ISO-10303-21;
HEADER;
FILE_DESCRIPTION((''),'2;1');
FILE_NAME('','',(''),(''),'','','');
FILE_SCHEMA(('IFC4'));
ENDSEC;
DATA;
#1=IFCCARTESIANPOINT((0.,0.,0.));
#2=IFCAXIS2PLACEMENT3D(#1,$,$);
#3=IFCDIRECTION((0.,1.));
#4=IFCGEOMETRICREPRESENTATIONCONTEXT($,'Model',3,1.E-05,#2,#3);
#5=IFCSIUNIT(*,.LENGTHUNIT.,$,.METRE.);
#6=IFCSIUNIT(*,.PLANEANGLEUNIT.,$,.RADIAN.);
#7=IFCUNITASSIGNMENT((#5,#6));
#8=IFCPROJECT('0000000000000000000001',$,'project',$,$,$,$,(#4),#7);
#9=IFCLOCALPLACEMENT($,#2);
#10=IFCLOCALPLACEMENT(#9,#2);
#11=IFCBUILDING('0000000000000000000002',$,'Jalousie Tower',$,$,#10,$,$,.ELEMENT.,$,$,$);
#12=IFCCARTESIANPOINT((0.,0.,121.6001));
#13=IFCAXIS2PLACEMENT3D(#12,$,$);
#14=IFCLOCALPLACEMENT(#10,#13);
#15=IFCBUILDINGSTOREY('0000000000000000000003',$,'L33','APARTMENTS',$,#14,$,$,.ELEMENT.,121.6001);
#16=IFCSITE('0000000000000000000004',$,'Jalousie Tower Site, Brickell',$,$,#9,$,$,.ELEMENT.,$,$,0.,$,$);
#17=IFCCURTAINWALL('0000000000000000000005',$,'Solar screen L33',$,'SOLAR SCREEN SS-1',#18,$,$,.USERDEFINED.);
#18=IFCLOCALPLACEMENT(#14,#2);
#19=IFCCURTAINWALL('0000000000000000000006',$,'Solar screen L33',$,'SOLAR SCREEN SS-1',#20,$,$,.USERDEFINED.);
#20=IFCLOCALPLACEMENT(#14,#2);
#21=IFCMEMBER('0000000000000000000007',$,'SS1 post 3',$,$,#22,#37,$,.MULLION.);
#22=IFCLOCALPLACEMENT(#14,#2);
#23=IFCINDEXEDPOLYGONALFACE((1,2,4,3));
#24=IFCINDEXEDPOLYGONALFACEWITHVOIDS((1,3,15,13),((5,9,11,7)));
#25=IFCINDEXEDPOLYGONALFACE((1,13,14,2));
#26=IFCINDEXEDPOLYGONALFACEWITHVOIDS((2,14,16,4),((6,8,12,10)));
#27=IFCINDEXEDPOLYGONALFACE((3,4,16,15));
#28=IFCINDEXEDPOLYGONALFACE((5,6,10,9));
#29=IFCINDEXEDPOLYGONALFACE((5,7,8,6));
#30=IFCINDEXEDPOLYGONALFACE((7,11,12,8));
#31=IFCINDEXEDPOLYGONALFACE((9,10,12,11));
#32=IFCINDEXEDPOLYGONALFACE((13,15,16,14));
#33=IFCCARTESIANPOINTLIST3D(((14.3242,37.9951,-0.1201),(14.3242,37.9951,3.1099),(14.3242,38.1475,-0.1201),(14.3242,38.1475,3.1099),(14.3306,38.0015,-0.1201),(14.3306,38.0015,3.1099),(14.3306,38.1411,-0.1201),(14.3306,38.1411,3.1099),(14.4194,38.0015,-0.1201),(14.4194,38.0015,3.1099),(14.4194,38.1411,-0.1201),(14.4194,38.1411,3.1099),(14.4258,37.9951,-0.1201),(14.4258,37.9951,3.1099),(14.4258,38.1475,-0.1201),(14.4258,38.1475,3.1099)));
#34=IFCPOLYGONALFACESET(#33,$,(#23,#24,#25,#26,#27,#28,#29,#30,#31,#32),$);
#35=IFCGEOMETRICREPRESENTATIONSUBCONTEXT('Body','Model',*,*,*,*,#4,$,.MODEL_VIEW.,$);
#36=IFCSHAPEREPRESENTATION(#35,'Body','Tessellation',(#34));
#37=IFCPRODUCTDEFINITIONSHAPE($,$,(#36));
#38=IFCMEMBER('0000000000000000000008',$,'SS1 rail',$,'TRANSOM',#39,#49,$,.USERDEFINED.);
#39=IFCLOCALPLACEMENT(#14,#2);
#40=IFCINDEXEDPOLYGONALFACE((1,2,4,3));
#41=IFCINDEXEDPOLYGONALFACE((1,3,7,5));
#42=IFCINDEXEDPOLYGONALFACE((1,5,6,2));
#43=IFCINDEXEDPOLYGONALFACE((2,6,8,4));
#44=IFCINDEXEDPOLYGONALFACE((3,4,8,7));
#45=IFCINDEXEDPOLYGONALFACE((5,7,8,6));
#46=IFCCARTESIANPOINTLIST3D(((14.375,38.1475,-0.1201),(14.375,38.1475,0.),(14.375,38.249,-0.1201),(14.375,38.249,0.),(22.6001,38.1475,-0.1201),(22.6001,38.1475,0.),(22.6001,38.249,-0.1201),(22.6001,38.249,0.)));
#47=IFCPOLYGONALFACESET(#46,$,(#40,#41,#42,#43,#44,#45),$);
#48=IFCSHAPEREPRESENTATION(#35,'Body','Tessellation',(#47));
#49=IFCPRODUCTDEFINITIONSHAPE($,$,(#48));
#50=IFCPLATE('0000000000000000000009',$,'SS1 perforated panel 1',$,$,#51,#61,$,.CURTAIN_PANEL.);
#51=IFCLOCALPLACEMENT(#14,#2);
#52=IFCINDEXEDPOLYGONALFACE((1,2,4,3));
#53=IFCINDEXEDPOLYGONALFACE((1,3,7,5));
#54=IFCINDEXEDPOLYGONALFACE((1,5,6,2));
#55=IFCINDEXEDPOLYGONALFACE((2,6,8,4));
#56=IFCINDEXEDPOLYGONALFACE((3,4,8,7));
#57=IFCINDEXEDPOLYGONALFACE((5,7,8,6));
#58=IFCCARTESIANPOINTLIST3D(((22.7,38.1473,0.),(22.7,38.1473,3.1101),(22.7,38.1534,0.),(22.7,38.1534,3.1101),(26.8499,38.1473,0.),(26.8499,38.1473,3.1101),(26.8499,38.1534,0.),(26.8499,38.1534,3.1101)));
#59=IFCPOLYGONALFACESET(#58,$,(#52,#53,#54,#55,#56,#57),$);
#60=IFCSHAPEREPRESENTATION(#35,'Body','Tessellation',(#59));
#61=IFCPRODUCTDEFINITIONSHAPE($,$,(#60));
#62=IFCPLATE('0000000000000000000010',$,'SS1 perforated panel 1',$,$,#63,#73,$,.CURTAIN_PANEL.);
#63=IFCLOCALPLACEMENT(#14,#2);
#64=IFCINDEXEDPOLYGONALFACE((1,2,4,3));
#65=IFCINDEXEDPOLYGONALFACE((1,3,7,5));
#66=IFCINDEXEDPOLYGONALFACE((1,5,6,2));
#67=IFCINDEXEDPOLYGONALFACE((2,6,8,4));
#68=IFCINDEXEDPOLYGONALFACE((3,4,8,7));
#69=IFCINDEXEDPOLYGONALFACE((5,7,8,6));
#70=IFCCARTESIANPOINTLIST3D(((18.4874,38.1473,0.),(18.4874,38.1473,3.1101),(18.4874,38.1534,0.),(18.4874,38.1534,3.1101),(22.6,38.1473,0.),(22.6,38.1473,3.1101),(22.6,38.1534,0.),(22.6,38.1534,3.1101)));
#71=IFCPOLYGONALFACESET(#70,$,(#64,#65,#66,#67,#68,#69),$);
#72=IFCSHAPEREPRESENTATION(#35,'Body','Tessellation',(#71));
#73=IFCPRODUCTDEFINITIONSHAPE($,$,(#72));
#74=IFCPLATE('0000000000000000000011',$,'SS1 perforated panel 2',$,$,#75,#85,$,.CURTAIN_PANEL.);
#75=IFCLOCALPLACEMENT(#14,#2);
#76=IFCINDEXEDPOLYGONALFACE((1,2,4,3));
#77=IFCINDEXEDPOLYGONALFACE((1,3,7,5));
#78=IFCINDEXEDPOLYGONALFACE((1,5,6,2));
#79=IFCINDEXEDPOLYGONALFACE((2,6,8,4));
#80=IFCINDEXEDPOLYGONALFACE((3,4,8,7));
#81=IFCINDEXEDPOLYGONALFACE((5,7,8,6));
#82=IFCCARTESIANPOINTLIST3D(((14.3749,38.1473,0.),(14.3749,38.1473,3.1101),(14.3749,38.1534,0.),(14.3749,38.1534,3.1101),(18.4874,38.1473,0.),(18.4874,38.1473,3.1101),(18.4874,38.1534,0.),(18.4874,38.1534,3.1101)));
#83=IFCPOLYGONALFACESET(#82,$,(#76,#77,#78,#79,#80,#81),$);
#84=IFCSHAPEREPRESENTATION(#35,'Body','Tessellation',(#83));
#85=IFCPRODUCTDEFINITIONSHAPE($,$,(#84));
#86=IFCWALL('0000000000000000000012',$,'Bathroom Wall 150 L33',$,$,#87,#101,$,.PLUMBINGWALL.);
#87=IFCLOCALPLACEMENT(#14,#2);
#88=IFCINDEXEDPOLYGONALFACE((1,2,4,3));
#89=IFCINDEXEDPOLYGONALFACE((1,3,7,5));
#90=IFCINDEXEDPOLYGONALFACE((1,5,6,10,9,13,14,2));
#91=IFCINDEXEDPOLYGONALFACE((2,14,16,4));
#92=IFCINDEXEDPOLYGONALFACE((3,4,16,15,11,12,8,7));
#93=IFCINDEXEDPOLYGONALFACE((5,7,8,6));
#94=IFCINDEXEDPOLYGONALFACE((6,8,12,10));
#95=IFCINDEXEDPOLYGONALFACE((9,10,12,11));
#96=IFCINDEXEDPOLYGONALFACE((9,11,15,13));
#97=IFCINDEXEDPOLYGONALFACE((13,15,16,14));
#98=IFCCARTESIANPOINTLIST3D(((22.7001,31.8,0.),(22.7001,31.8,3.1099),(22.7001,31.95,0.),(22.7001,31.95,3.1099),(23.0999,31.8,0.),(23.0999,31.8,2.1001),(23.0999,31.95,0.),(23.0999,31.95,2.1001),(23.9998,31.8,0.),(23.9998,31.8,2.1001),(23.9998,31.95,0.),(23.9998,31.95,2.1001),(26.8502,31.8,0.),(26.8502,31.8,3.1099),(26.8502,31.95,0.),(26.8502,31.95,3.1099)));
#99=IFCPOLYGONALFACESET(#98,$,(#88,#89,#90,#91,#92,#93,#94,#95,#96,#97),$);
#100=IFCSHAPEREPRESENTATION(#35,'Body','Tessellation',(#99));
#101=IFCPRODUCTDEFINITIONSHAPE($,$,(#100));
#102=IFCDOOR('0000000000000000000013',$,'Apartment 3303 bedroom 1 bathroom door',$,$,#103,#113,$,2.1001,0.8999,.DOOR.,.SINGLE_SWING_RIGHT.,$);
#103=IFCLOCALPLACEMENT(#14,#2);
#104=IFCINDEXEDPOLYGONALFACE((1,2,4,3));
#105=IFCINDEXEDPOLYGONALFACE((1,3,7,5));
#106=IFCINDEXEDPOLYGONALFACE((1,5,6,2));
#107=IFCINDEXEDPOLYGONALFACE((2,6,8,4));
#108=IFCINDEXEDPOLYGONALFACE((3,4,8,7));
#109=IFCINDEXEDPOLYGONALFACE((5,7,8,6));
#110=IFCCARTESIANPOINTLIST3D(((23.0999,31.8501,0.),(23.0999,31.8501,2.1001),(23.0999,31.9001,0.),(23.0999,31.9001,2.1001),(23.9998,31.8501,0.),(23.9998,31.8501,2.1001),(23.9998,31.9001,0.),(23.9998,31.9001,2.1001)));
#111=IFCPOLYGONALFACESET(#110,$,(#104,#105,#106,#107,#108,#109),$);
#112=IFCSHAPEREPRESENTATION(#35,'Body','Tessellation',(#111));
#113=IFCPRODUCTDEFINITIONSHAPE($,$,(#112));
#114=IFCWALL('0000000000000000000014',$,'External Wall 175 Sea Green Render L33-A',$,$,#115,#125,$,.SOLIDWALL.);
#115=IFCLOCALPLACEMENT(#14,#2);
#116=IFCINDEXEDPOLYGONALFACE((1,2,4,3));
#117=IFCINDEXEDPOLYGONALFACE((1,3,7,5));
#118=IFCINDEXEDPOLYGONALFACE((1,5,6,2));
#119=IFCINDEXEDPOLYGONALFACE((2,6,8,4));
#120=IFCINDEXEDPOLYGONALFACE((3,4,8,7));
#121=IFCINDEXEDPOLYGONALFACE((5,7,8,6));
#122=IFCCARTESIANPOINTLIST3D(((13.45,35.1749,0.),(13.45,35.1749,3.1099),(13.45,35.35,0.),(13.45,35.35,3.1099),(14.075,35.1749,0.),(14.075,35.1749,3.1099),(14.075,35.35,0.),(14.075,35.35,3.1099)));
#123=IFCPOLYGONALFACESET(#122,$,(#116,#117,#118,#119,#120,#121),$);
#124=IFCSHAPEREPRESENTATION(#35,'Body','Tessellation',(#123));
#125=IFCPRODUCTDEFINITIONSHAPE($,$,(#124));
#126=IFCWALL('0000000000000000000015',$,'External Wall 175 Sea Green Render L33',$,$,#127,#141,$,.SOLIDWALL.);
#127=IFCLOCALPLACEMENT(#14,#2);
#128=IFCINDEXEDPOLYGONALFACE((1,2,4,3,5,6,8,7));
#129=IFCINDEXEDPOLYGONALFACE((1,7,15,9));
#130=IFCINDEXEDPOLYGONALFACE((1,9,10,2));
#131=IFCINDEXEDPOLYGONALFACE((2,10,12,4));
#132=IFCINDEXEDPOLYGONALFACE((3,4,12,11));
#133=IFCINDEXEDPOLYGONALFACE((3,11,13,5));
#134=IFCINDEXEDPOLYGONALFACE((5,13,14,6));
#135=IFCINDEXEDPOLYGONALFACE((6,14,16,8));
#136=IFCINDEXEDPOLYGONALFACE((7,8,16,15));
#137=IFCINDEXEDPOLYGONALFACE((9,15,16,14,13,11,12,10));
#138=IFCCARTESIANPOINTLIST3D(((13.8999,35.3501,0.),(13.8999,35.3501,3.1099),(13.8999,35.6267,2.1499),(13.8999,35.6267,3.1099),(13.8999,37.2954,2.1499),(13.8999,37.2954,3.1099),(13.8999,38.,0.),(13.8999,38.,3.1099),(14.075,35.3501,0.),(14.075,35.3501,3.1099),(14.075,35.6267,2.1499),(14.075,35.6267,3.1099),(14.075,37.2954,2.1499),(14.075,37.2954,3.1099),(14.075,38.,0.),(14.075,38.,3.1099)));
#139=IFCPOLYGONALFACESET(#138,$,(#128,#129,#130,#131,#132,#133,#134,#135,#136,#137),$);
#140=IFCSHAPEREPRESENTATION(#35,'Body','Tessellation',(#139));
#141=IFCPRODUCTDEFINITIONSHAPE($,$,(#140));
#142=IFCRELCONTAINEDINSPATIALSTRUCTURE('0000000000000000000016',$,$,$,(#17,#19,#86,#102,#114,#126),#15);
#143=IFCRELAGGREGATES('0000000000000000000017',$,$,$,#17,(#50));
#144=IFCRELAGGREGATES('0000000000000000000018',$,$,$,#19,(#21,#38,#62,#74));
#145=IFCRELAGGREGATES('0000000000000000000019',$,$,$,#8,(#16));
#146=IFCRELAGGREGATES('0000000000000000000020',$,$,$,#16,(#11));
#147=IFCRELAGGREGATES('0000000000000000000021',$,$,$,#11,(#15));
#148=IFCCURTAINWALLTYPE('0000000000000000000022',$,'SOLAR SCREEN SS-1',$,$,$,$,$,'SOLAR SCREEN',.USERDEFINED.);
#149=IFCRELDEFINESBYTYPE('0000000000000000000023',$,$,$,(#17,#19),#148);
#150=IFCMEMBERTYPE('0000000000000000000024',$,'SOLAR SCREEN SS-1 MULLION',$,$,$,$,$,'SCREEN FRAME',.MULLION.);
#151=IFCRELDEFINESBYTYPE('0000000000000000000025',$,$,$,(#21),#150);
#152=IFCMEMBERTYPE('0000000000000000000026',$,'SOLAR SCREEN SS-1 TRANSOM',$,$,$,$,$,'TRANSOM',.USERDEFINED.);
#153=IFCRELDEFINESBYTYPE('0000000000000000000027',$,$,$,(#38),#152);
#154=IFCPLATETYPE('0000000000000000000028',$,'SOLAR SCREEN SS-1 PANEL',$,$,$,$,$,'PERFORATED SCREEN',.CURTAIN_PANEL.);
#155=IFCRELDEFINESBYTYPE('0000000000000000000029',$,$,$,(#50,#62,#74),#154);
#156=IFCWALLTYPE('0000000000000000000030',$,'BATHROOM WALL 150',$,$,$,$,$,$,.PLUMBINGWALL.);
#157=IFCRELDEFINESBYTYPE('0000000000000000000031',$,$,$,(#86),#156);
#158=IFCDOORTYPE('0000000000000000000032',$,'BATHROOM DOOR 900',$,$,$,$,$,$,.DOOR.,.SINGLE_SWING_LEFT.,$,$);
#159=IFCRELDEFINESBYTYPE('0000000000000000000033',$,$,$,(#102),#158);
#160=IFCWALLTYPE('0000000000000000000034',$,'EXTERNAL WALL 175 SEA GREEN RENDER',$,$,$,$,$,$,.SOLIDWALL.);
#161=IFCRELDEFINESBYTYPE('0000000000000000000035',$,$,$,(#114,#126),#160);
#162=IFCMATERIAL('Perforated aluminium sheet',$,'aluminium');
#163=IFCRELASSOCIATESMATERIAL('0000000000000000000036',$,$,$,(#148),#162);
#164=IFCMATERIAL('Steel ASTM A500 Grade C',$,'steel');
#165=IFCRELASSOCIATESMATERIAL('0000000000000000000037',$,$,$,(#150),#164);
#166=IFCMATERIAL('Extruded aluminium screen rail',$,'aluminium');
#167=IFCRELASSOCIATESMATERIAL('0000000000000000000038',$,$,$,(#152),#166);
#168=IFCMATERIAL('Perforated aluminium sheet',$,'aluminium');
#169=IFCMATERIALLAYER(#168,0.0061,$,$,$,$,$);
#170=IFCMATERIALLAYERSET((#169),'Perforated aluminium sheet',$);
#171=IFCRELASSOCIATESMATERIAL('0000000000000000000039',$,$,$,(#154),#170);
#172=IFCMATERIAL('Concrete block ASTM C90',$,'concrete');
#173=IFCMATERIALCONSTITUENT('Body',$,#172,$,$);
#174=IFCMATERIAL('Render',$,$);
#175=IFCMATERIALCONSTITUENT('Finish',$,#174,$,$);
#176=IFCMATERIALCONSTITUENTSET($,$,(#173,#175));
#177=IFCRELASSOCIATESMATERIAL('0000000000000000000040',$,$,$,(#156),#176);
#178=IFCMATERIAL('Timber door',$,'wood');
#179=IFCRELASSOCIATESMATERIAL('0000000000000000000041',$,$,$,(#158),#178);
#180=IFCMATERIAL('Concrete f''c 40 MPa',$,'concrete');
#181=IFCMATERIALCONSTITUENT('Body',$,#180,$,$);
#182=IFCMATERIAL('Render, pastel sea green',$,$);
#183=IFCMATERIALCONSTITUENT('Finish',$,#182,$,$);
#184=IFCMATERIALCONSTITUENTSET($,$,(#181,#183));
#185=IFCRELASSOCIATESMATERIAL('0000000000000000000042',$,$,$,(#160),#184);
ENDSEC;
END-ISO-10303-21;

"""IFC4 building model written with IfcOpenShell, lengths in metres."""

from ifc_helpers import new_model, si_unit, direction, frame, frame_2d, origin, origin_2d, place, context, subcontext, project, spatial, polyline, rectangle, hollow_rectangle, outline, extrude, material, layer, layer_set, constituent, constituent_set, material_profile, profile_set, type_object, element, fill, aggregate, save


model = new_model("IFC4")

# Units and contexts
model_context = context("Model", 3, precision=1e-05, world=origin(), true_north=direction((0.0, 1.0)))
body_context = subcontext(model_context, "Body", "Model", "MODEL_VIEW")
ifc_project = project(units=[si_unit("LENGTHUNIT", "METRE"), si_unit("PLANEANGLEUNIT", "RADIAN")], contexts=[model_context])

# Site, building, storey
site_placement = place(None, origin())
site = spatial("IfcSite", under=ifc_project, at=site_placement, Name="Jalousie Tower Site, Brickell", CompositionType="ELEMENT", RefElevation=0.0)
building_placement = place(site_placement, origin())
building = spatial("IfcBuilding", under=site, at=building_placement, Name="Jalousie Tower", CompositionType="ELEMENT")
storey_placement = place(building_placement, frame((0.0, 0.0, 121.6001)))
storey = spatial("IfcBuildingStorey", under=building, at=storey_placement, Name="L33", Description="APARTMENTS", CompositionType="ELEMENT", Elevation=121.6001)

# Curtain wall
ifc_material_1 = material(Name="Perforated aluminium sheet", Category="aluminium")
curtain_wall_type = type_object("IfcCurtainWallType", Name="SOLAR SCREEN SS-1", ElementType="SOLAR SCREEN", PredefinedType="USERDEFINED", material=ifc_material_1)
curtain_wall_1_placement = place(storey_placement, origin())
curtain_wall_1 = element("IfcCurtainWall", 1, at=curtain_wall_1_placement, inside=storey, type_object=curtain_wall_type, Name="Solar screen L33", ObjectType="SOLAR SCREEN SS-1", PredefinedType="USERDEFINED")
ifc_material_2 = material(Name="Steel ASTM A500 Grade C", Category="steel")
ifc_material_profile_1 = material_profile(ifc_material_2, hollow_rectangle(XDim=0.1016, YDim=0.1523, WallThickness=0.0063, at=origin_2d()), Name="HSS6X4X1/4")
ifc_profile_set_1 = profile_set([ifc_material_profile_1], Name="Steel ASTM A500 Grade C")
member_type_1 = type_object("IfcMemberType", Name="SOLAR SCREEN SS-1 MULLION", ElementType="SCREEN FRAME", PredefinedType="MULLION", material=ifc_profile_set_1)

# Curtain wall, members
curtain_wall_2_placement = place(storey_placement, origin())
curtain_wall_2 = element("IfcCurtainWall", 2, at=curtain_wall_2_placement, inside=storey, type_object=curtain_wall_type, Name="Solar screen L33", ObjectType="SOLAR SCREEN SS-1", PredefinedType="USERDEFINED")
member_1_placement = place(storey_placement, frame((14.375, 38.0713, -0.1201), z_axis=(0.0, 0.0, 1.0), x_axis=(-1.0, 0.0, 0.0)))
member_1 = element("IfcMember", 3, at=member_1_placement, type_object=member_type_1, Name="SS1 post 3", PredefinedType="MULLION", context=body_context, shape_type="SweptSolid", body=[
    extrude(hollow_rectangle(XDim=0.1016, YDim=0.1523, WallThickness=0.0063, at=origin_2d()), origin(), (0.0, 0.0, 1.0), 3.23),
])
ifc_material_3 = material(Name="Extruded aluminium screen rail", Category="aluminium")
ifc_material_profile_2 = material_profile(ifc_material_3, rectangle(XDim=0.1016, YDim=0.1201, at=origin_2d()), Name="RAIL 102x120")
ifc_profile_set_2 = profile_set([ifc_material_profile_2], Name="Extruded aluminium screen rail")
member_type_2 = type_object("IfcMemberType", Name="SOLAR SCREEN SS-1 TRANSOM", ElementType="TRANSOM", PredefinedType="USERDEFINED", material=ifc_profile_set_2)
member_2_placement = place(storey_placement, frame((22.6001, 38.1982, -0.0601), z_axis=(-1.0, 0.0, 0.0), x_axis=(0.0, -1.0, 0.0)))
member_2 = element("IfcMember", 4, at=member_2_placement, type_object=member_type_2, Name="SS1 rail", ObjectType="TRANSOM", PredefinedType="USERDEFINED", context=body_context, shape_type="SweptSolid", body=[
    extrude(rectangle(XDim=0.1016, YDim=0.1201, at=origin_2d()), origin(), (0.0, 0.0, 1.0), 8.2251),
])

# Plates
ifc_material_4 = material(Name="Perforated aluminium sheet", Category="aluminium")
ifc_layer_1 = layer(ifc_material_4, 0.0061)
ifc_layer_set_1 = layer_set([ifc_layer_1], Name="Perforated aluminium sheet")
plate_type = type_object("IfcPlateType", Name="SOLAR SCREEN SS-1 PANEL", ElementType="PERFORATED SCREEN", PredefinedType="CURTAIN_PANEL", material=ifc_layer_set_1)
plate_1_placement = place(storey_placement, frame((24.7749, 38.1504, 0.0), z_axis=(0.0, 0.0, 1.0), x_axis=(-1.0, 0.0, 0.0)))
plate_1 = element("IfcPlate", 5, at=plate_1_placement, type_object=plate_type, Name="SS1 perforated panel 1", PredefinedType="CURTAIN_PANEL", context=body_context, shape_type="SweptSolid", body=[
    extrude(rectangle(XDim=4.1499, YDim=0.0061, at=origin_2d()), origin(), (0.0, 0.0, 1.0), 3.1101),
])
aggregate(curtain_wall_1, [plate_1])
plate_2_placement = place(storey_placement, frame((20.5437, 38.1504, 0.0), z_axis=(0.0, 0.0, 1.0), x_axis=(-1.0, 0.0, 0.0)))
plate_2 = element("IfcPlate", 6, at=plate_2_placement, type_object=plate_type, Name="SS1 perforated panel 1", PredefinedType="CURTAIN_PANEL", context=body_context, shape_type="SweptSolid", body=[
    extrude(rectangle(XDim=4.1125, YDim=0.0061, at=origin_2d()), origin(), (0.0, 0.0, 1.0), 3.1101),
])
plate_3_placement = place(storey_placement, frame((16.4312, 38.1504, 0.0), z_axis=(0.0, 0.0, 1.0), x_axis=(-1.0, 0.0, 0.0)))
plate_3 = element("IfcPlate", 7, at=plate_3_placement, type_object=plate_type, Name="SS1 perforated panel 2", PredefinedType="CURTAIN_PANEL", context=body_context, shape_type="SweptSolid", body=[
    extrude(rectangle(XDim=4.1125, YDim=0.0061, at=origin_2d()), origin(), (0.0, 0.0, 1.0), 3.1101),
])
aggregate(curtain_wall_2, [member_1, member_2, plate_2, plate_3])

# Wall, opening, door
ifc_material_5 = material(Name="Concrete block ASTM C90", Category="concrete")
ifc_constituent_1 = constituent(ifc_material_5, Name="Body")
ifc_material_6 = material(Name="Render")
ifc_constituent_2 = constituent(ifc_material_6, Name="Finish")
ifc_constituent_set_1 = constituent_set(constituents=[ifc_constituent_1, ifc_constituent_2])
wall_type_1 = type_object("IfcWallType", Name="BATHROOM WALL 150", PredefinedType="PLUMBINGWALL", material=ifc_constituent_set_1)
wall_1_placement = place(storey_placement, frame((22.7, 31.875, 0.0), z_axis=(0.0, 0.0, 1.0), x_axis=(1.0, 0.0, 0.0)))
wall_1 = element("IfcWall", 8, at=wall_1_placement, inside=storey, type_object=wall_type_1, Name="Bathroom Wall 150 L33", PredefinedType="PLUMBINGWALL", context=body_context, shape_type="SweptSolid", body=[
    extrude(rectangle(XDim=4.1501, YDim=0.1499, at=frame_2d((2.0752, 0.0))), origin(), (0.0, 0.0, 1.0), 3.1099),
])
opening_1_placement = place(wall_1_placement, frame((0.3999, 0.0, 0.0)))
opening_1 = element("IfcOpeningElement", 9, at=opening_1_placement, cuts=wall_1, PredefinedType="OPENING", context=body_context, shape_type="SweptSolid", body=[
    extrude(rectangle(XDim=0.8999, YDim=2.1001, at=frame_2d((0.45, 1.05))), frame((0.0, 0.085, 0.0), z_axis=(0.0, -1.0, 0.0), x_axis=(1.0, 0.0, 0.0)), (0.0, 0.0, 1.0), 0.1699),
])
ifc_material_7 = material(Name="Timber door", Category="wood")
door_type_1 = type_object("IfcDoorType", Name="BATHROOM DOOR 900", OperationType="SINGLE_SWING_LEFT", PredefinedType="DOOR", material=ifc_material_7)
door_1_placement = place(opening_1_placement, frame((0.8999, 0.0, 0.0), z_axis=(0.0, 0.0, 1.0), x_axis=(-1.0, 0.0, 0.0)))
door_1 = element("IfcDoor", 10, at=door_1_placement, inside=storey, type_object=door_type_1, Name="Apartment 3303 bedroom 1 bathroom door", OperationType="SINGLE_SWING_RIGHT", OverallHeight=2.1001, OverallWidth=0.8999, PredefinedType="DOOR", context=body_context, shape_type="SweptSolid", body=[
    extrude(rectangle(XDim=0.8999, YDim=2.1001, at=frame_2d((0.45, 1.05))), frame((0.0, 0.0249, 0.0), z_axis=(0.0, -1.0, 0.0), x_axis=(1.0, 0.0, 0.0)), (0.0, 0.0, 1.0), 0.05),
])
fill(opening_1, door_1)

# Walls
ifc_material_8 = material(Name="Concrete f'c 40 MPa", Category="concrete")
ifc_constituent_3 = constituent(ifc_material_8, Name="Body")
ifc_material_9 = material(Name="Render, pastel sea green")
ifc_constituent_4 = constituent(ifc_material_9, Name="Finish")
ifc_constituent_set_2 = constituent_set(constituents=[ifc_constituent_3, ifc_constituent_4])
wall_type_2 = type_object("IfcWallType", Name="EXTERNAL WALL 175 SEA GREEN RENDER", PredefinedType="SOLIDWALL", material=ifc_constituent_set_2)
wall_2_placement = place(storey_placement, frame((14.075, 35.2625, 0.0), z_axis=(0.0, 0.0, 1.0), x_axis=(-1.0, 0.0, 0.0)))
element("IfcWall", 11, at=wall_2_placement, inside=storey, type_object=wall_type_2, Name="External Wall 175 Sea Green Render L33-A", PredefinedType="SOLIDWALL", context=body_context, shape_type="SweptSolid", body=[
    extrude(rectangle(XDim=0.625, YDim=0.175, at=frame_2d((0.3125, 0.0))), origin(), (0.0, 0.0, 1.0), 3.1099),
])
wall_3_placement = place(storey_placement, frame((13.9875, 38.0, 0.0), z_axis=(0.0, 0.0, 1.0), x_axis=(0.0, -1.0, 0.0)))
element("IfcWall", 12, at=wall_3_placement, inside=storey, type_object=wall_type_2, Name="External Wall 175 Sea Green Render L33", PredefinedType="SOLIDWALL", context=body_context, shape_type="SweptSolid", body=[
    extrude(outline(polyline([(0.0, 0.0), (2.6499, 0.0), (2.6499, 3.1099), (2.3733, 3.1099), (2.3733, 2.1499), (0.7046, 2.1499), (0.7046, 3.1099), (0.0, 3.1099), (0.0, 0.0)])), frame((0.0, 0.0874, 0.0), z_axis=(0.0, -1.0, 0.0), x_axis=(1.0, 0.0, 0.0)), (0.0, 0.0, 1.0), 0.175),
])

save(model, "model.ifc")
